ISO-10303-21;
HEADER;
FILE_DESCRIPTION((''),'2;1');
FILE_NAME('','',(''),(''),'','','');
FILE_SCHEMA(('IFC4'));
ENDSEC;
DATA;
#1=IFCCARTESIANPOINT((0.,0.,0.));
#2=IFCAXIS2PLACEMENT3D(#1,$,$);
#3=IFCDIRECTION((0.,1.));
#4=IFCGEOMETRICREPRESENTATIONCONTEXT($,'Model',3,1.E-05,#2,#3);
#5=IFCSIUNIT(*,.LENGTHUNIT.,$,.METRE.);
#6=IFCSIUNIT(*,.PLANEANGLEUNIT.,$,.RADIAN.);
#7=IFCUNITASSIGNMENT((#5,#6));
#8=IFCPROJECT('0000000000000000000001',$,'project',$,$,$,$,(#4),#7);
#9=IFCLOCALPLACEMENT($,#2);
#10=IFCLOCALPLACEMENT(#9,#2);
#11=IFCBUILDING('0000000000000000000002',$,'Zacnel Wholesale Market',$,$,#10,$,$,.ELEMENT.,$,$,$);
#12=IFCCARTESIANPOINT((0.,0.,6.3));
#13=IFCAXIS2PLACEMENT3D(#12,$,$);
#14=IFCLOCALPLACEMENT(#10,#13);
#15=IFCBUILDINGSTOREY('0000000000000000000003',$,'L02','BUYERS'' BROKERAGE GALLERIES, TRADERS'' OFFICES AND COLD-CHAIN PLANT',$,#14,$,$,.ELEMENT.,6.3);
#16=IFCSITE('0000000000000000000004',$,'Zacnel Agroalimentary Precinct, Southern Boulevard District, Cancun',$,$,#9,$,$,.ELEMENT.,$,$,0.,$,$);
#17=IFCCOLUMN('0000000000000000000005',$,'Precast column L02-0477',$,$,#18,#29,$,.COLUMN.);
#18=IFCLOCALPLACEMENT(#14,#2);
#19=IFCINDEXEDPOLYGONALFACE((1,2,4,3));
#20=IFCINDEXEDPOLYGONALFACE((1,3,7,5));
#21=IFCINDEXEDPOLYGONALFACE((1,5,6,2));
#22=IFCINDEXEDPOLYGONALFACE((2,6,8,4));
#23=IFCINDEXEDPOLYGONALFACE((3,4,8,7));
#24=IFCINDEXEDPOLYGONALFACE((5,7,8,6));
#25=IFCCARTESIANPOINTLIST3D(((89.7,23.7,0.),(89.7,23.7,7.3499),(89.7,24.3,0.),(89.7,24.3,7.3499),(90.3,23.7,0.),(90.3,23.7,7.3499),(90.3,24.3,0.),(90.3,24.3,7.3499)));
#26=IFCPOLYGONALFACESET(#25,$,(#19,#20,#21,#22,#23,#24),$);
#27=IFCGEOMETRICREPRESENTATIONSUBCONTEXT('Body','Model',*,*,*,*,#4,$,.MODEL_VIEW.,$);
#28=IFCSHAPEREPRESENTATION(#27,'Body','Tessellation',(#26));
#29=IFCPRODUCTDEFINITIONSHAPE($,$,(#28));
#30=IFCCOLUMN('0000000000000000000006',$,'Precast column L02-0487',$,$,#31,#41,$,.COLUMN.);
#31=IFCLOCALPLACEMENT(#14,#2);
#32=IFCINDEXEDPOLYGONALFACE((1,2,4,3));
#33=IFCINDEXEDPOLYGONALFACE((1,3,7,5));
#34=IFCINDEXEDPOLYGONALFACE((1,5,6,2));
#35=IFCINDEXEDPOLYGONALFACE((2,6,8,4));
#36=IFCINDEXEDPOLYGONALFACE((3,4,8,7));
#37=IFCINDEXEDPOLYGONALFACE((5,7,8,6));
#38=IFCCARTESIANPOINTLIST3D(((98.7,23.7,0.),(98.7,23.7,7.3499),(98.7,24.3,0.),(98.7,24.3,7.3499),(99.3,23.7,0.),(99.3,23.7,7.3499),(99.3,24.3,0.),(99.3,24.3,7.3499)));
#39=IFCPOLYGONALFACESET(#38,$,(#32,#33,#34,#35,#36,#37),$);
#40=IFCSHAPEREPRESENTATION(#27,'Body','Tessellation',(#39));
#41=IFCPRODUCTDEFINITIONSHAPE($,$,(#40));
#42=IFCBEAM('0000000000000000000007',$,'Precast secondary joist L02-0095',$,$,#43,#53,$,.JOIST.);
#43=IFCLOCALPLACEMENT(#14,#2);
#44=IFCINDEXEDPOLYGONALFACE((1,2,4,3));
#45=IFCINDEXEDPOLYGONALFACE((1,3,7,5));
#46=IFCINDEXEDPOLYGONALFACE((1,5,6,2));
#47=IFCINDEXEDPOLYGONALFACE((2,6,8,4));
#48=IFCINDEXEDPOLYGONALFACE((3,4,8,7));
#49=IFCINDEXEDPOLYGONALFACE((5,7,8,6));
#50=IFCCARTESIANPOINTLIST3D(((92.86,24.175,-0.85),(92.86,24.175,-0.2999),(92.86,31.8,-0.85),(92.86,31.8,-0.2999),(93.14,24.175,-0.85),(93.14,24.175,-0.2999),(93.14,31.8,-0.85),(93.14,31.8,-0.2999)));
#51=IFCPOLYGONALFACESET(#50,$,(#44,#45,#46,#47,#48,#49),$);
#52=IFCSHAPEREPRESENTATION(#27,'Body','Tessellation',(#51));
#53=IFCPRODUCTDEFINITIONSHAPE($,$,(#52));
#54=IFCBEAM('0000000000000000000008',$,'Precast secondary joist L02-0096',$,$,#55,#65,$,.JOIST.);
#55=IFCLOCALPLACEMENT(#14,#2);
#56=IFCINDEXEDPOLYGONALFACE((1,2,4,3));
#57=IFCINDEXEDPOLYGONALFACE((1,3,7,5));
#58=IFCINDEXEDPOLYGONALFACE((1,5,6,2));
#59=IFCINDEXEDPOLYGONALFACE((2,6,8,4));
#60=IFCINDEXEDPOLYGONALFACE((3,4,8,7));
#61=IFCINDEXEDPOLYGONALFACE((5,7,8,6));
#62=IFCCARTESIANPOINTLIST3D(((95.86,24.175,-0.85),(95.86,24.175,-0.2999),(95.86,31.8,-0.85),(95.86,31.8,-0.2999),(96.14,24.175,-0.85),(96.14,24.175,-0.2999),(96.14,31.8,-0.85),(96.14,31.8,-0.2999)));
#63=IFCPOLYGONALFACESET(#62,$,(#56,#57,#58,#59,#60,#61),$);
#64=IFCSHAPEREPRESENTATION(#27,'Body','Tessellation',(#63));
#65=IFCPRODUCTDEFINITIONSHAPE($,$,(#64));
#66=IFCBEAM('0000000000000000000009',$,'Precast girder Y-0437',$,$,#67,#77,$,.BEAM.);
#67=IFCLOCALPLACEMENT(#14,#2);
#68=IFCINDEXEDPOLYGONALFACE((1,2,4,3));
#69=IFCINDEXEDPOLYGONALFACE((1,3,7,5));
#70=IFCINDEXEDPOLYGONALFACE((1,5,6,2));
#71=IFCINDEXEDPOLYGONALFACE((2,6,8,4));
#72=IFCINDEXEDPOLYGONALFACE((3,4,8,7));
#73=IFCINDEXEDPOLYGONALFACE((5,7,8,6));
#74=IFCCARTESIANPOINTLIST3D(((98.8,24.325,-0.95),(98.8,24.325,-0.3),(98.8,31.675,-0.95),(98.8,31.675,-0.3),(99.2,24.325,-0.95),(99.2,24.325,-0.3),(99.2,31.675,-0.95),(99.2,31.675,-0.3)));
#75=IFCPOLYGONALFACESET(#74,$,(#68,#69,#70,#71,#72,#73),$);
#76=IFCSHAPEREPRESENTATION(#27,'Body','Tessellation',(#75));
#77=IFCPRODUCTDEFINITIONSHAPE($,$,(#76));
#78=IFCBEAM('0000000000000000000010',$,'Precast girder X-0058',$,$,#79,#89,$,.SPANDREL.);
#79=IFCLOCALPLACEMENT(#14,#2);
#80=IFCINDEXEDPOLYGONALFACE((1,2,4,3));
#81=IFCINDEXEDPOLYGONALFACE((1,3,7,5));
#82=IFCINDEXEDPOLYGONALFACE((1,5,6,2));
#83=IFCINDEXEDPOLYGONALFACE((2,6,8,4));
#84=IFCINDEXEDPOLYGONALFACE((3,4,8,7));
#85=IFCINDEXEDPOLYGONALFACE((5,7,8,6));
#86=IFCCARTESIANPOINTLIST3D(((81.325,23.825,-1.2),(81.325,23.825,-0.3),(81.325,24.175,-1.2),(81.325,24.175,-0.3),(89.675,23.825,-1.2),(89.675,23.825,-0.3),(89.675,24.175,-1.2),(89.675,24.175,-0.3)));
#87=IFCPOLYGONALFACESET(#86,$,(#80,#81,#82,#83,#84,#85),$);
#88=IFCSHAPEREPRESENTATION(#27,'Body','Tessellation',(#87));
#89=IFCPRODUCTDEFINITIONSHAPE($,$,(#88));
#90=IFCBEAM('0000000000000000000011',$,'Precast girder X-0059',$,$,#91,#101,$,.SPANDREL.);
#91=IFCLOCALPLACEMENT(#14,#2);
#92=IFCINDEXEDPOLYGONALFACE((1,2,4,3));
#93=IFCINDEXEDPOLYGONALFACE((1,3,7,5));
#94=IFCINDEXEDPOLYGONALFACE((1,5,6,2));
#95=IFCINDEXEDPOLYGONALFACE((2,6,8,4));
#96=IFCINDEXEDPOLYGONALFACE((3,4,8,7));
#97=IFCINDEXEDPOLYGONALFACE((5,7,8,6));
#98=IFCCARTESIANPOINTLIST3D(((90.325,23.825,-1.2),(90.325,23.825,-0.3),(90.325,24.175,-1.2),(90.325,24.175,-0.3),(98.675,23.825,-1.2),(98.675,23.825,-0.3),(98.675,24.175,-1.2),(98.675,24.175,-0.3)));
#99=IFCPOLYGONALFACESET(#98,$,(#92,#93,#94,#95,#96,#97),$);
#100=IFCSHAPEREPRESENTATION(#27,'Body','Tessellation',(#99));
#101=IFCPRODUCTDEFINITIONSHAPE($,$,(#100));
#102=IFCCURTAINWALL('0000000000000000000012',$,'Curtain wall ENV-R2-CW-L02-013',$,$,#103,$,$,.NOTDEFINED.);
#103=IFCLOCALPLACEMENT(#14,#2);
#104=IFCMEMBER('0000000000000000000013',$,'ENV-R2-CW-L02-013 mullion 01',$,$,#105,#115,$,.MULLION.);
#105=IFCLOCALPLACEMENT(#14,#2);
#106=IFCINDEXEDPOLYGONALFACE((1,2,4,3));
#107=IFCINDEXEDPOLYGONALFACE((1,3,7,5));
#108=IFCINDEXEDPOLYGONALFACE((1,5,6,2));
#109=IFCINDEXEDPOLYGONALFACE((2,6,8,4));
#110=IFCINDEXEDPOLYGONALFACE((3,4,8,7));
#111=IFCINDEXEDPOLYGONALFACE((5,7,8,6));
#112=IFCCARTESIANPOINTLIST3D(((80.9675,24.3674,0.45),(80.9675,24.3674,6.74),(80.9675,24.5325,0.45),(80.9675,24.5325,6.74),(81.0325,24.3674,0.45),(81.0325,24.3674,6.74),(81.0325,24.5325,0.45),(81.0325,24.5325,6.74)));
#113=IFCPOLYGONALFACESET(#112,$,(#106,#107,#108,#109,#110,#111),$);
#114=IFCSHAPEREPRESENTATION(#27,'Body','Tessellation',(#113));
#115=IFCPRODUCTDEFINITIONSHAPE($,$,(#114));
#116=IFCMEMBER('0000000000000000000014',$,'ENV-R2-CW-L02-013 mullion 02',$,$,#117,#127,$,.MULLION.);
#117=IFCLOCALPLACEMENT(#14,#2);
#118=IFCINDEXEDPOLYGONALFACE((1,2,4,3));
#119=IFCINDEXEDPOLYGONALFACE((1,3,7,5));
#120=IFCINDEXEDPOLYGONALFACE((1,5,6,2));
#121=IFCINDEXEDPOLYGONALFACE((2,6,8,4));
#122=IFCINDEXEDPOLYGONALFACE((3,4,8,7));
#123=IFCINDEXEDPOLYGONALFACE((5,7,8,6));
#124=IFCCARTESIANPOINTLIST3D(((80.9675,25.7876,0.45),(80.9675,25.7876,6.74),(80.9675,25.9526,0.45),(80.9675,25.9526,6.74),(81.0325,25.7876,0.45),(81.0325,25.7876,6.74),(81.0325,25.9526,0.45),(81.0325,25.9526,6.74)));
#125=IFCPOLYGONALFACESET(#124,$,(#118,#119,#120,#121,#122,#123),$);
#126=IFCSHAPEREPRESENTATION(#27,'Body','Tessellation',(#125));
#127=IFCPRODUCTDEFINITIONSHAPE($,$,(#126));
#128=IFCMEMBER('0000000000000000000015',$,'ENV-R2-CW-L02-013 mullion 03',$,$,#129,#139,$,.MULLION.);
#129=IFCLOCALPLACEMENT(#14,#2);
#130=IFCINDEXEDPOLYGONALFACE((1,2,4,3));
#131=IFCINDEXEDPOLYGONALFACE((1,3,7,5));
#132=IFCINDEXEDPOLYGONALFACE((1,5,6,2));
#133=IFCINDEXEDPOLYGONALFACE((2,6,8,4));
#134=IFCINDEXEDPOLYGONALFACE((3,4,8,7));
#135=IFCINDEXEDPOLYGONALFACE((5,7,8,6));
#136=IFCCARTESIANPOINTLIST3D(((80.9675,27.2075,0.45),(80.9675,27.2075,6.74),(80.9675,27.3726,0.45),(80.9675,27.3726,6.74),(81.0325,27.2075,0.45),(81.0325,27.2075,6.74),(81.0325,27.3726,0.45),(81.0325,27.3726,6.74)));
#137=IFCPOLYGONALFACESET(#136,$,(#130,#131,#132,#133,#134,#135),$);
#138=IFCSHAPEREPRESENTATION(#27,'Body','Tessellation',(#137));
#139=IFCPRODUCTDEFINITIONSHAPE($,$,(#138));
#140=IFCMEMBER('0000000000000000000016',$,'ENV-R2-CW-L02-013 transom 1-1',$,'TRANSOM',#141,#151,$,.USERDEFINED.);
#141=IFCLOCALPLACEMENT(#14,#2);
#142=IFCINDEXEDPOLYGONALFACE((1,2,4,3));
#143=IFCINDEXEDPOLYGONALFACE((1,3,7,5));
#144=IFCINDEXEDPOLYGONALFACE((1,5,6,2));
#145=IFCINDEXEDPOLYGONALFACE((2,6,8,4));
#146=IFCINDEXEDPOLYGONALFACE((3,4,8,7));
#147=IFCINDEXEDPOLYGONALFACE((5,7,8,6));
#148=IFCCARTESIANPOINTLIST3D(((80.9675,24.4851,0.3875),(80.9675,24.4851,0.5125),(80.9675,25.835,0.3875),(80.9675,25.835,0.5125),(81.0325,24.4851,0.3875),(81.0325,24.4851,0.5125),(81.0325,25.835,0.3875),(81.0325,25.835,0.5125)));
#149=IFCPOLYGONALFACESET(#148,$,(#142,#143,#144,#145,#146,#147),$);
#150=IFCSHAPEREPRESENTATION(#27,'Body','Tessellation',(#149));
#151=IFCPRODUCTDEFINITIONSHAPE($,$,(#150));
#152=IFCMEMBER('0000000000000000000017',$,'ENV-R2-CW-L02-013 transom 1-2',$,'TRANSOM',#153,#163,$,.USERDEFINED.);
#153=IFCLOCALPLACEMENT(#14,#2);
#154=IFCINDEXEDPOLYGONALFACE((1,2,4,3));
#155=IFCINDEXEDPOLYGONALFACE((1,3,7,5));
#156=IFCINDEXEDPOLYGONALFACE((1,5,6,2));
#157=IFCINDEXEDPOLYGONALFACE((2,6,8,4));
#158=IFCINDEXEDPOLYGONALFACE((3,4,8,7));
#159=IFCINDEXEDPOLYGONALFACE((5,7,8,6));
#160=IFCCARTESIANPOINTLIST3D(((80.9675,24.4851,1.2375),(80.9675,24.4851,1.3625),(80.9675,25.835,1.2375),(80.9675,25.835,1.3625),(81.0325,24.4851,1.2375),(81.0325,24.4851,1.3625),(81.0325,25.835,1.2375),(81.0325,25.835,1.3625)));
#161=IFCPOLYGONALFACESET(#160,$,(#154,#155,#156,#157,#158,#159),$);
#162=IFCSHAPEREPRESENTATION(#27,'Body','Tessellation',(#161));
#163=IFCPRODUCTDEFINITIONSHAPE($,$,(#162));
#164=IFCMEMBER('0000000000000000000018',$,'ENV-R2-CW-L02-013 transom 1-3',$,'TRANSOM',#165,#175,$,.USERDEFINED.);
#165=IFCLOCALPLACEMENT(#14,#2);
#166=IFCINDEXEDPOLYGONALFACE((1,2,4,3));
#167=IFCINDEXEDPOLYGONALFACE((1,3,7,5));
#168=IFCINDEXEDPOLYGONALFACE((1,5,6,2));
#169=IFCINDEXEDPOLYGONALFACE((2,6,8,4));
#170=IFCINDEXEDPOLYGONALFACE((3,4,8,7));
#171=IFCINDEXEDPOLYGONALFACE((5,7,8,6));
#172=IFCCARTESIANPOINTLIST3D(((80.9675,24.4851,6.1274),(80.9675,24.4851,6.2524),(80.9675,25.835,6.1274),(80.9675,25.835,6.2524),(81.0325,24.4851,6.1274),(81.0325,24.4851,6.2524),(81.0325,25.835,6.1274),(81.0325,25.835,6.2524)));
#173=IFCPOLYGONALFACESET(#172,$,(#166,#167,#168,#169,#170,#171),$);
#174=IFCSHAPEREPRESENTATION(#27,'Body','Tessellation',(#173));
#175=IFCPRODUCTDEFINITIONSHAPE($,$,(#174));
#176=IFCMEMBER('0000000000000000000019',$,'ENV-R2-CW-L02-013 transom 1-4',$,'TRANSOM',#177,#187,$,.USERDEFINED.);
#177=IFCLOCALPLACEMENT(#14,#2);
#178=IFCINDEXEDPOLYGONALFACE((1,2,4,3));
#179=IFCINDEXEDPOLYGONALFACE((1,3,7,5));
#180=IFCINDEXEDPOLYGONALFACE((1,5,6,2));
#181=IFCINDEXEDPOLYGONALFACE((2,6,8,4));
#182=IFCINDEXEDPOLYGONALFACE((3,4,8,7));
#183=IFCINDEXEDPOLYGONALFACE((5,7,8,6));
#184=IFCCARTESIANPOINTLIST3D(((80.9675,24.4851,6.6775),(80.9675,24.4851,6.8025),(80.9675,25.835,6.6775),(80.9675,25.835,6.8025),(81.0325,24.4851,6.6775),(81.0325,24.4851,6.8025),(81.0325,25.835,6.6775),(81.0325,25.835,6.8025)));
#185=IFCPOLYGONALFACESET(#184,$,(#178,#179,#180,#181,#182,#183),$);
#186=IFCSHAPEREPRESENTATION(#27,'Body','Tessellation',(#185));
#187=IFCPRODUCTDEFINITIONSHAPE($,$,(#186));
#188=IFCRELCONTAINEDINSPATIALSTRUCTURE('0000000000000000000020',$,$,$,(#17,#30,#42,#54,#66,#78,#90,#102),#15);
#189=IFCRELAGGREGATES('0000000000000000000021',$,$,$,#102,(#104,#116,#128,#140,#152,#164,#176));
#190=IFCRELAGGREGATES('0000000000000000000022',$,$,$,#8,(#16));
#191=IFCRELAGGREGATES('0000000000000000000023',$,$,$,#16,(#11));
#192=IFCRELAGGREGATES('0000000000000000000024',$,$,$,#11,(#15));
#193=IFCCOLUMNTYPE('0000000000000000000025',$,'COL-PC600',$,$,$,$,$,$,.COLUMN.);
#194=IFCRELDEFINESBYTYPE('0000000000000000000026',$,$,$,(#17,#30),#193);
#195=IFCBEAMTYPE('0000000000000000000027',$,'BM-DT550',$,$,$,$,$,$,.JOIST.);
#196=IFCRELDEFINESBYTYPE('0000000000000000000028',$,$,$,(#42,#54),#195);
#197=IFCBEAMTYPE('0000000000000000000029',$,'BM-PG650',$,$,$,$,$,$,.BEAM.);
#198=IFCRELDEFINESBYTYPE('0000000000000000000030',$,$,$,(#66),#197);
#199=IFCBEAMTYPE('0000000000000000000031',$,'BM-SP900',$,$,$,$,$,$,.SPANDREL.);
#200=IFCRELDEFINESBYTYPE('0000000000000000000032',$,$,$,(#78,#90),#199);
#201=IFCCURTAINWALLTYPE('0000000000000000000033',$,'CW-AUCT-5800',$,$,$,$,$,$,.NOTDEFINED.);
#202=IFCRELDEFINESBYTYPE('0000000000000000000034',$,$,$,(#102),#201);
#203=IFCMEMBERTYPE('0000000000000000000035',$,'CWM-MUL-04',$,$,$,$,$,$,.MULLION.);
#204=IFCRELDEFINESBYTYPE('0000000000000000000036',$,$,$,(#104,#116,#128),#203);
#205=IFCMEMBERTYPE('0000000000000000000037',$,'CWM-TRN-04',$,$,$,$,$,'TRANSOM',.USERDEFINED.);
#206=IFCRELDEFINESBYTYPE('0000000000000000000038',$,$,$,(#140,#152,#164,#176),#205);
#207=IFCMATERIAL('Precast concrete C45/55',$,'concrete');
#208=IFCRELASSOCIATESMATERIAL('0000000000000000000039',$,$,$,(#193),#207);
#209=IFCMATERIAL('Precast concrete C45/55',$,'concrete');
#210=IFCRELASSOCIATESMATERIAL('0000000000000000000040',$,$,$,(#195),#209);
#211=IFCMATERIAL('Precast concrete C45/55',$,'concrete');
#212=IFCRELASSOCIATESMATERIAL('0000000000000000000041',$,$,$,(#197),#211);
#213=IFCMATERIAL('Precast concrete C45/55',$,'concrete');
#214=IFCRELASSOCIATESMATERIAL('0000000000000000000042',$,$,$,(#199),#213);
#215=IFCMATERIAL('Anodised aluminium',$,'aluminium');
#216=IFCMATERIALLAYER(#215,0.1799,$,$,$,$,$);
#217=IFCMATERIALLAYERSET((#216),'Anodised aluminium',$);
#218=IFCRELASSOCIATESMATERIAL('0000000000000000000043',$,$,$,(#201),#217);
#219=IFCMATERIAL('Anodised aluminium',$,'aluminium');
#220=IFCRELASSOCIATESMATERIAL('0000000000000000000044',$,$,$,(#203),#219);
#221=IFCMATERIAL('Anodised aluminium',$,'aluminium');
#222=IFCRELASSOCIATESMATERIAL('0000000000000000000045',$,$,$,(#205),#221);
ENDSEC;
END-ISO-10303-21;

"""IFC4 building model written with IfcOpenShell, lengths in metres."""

from ifc_helpers import new_model, si_unit, direction, frame, origin, origin_2d, place, context, subcontext, project, spatial, rectangle, extrude, material, layer, layer_set, material_profile, profile_set, type_object, element, aggregate, save


model = new_model("IFC4")

# Units and contexts
model_context = context("Model", 3, precision=1e-05, world=origin(), true_north=direction((0.0, 1.0)))
body_context = subcontext(model_context, "Body", "Model", "MODEL_VIEW")
ifc_project = project(units=[si_unit("LENGTHUNIT", "METRE"), si_unit("PLANEANGLEUNIT", "RADIAN")], contexts=[model_context])

# Site, building, storey
site_placement = place(None, origin())
site = spatial("IfcSite", under=ifc_project, at=site_placement, Name="Zacnel Agroalimentary Precinct, Southern Boulevard District, Cancun", CompositionType="ELEMENT", RefElevation=0.0)
building_placement = place(site_placement, origin())
building = spatial("IfcBuilding", under=site, at=building_placement, Name="Zacnel Wholesale Market", CompositionType="ELEMENT")
storey_placement = place(building_placement, frame((0.0, 0.0, 6.3)))
storey = spatial("IfcBuildingStorey", under=building, at=storey_placement, Name="L02", Description="BUYERS' BROKERAGE GALLERIES, TRADERS' OFFICES AND COLD-CHAIN PLANT", CompositionType="ELEMENT", Elevation=6.3)

# Columns
ifc_material_1 = material(Name="Precast concrete C45/55", Category="concrete")
ifc_material_profile_1 = material_profile(ifc_material_1, rectangle(XDim=0.6001, YDim=0.6001, at=origin_2d()), Name="PC 600x600")
ifc_profile_set_1 = profile_set([ifc_material_profile_1], Name="Precast concrete C45/55")
column_type = type_object("IfcColumnType", Name="COL-PC600", PredefinedType="COLUMN", material=ifc_profile_set_1)
for number, where, z_axis, x_axis, name in (
    (1, (90.0, 24.0, 0.0), (0.0, 0.0, 1.0), (1.0, 0.0, 0.0), "Precast column L02-0477"),
    (2, (99.0, 24.0, 0.0), (0.0, 0.0, 1.0), (1.0, 0.0, 0.0), "Precast column L02-0487"),
):
    element("IfcColumn", number, at=place(storey_placement, frame(where, z_axis=z_axis, x_axis=x_axis)), inside=storey, type_object=column_type, Name=name, PredefinedType="COLUMN", context=body_context, shape_type="SweptSolid", body=[
        extrude(rectangle(XDim=0.6001, YDim=0.6001, at=origin_2d()), origin(), (0.0, 0.0, 1.0), 7.3499),
    ])

# Beams
ifc_material_2 = material(Name="Precast concrete C45/55", Category="concrete")
ifc_material_profile_2 = material_profile(ifc_material_2, rectangle(XDim=0.28, YDim=0.55, at=origin_2d()), Name="DT RIB 280x550")
ifc_profile_set_2 = profile_set([ifc_material_profile_2], Name="Precast concrete C45/55")
beam_type_1 = type_object("IfcBeamType", Name="BM-DT550", PredefinedType="JOIST", material=ifc_profile_set_2)
for number, where, z_axis, x_axis, name in (
    (3, (93.0, 24.175, -0.575), (0.0, 1.0, 0.0), (-1.0, 0.0, 0.0), "Precast secondary joist L02-0095"),
    (4, (96.0, 24.175, -0.575), (0.0, 1.0, 0.0), (-1.0, 0.0, 0.0), "Precast secondary joist L02-0096"),
):
    element("IfcBeam", number, at=place(storey_placement, frame(where, z_axis=z_axis, x_axis=x_axis)), inside=storey, type_object=beam_type_1, Name=name, PredefinedType="JOIST", context=body_context, shape_type="SweptSolid", body=[
        extrude(rectangle(XDim=0.28, YDim=0.55, at=origin_2d()), origin(), (0.0, 0.0, 1.0), 7.625),
    ])
ifc_material_3 = material(Name="Precast concrete C45/55", Category="concrete")
ifc_material_profile_3 = material_profile(ifc_material_3, rectangle(XDim=0.3999, YDim=0.6499, at=origin_2d()), Name="PG 400x650")
ifc_profile_set_3 = profile_set([ifc_material_profile_3], Name="Precast concrete C45/55")
beam_type_2 = type_object("IfcBeamType", Name="BM-PG650", PredefinedType="BEAM", material=ifc_profile_set_3)
beam_placement = place(storey_placement, frame((99.0, 24.325, -0.625), z_axis=(0.0, 1.0, 0.0), x_axis=(-1.0, 0.0, 0.0)))
element("IfcBeam", 5, at=beam_placement, inside=storey, type_object=beam_type_2, Name="Precast girder Y-0437", PredefinedType="BEAM", context=body_context, shape_type="SweptSolid", body=[
    extrude(rectangle(XDim=0.3999, YDim=0.6499, at=origin_2d()), origin(), (0.0, 0.0, 1.0), 7.3501),
])
ifc_material_4 = material(Name="Precast concrete C45/55", Category="concrete")
ifc_material_profile_4 = material_profile(ifc_material_4, rectangle(XDim=0.3501, YDim=0.8999, at=origin_2d()), Name="SP 350x900")
ifc_profile_set_4 = profile_set([ifc_material_profile_4], Name="Precast concrete C45/55")
beam_type_3 = type_object("IfcBeamType", Name="BM-SP900", PredefinedType="SPANDREL", material=ifc_profile_set_4)
for number, where, z_axis, x_axis, name in (
    (6, (81.325, 24.0, -0.75), (1.0, 0.0, 0.0), (0.0, 1.0, 0.0), "Precast girder X-0058"),
    (7, (90.325, 24.0, -0.75), (1.0, 0.0, 0.0), (0.0, 1.0, 0.0), "Precast girder X-0059"),
):
    element("IfcBeam", number, at=place(storey_placement, frame(where, z_axis=z_axis, x_axis=x_axis)), inside=storey, type_object=beam_type_3, Name=name, PredefinedType="SPANDREL", context=body_context, shape_type="SweptSolid", body=[
        extrude(rectangle(XDim=0.3501, YDim=0.8999, at=origin_2d()), origin(), (0.0, 0.0, 1.0), 8.3501),
    ])

# Curtain wall, members
ifc_material_5 = material(Name="Anodised aluminium", Category="aluminium")
ifc_layer_1 = layer(ifc_material_5, 0.1799)
ifc_layer_set_1 = layer_set([ifc_layer_1], Name="Anodised aluminium")
curtain_wall_type = type_object("IfcCurtainWallType", Name="CW-AUCT-5800", PredefinedType="NOTDEFINED", material=ifc_layer_set_1)
curtain_wall_placement = place(storey_placement, origin())
curtain_wall = element("IfcCurtainWall", 8, at=curtain_wall_placement, inside=storey, type_object=curtain_wall_type, Name="Curtain wall ENV-R2-CW-L02-013", PredefinedType="NOTDEFINED")
ifc_material_6 = material(Name="Anodised aluminium", Category="aluminium")
ifc_material_profile_5 = material_profile(ifc_material_6, rectangle(XDim=0.0649, YDim=0.165, at=origin_2d()), Name="AW-MULLION 65x165")
ifc_profile_set_5 = profile_set([ifc_material_profile_5], Name="Anodised aluminium")
member_type_1 = type_object("IfcMemberType", Name="CWM-MUL-04", PredefinedType="MULLION", material=ifc_profile_set_5)
member_1_placement = place(storey_placement, frame((81.0, 24.45, 0.45), z_axis=(0.0, 0.0, 1.0), x_axis=(1.0, 0.0, 0.0)))
member_1 = element("IfcMember", 9, at=member_1_placement, type_object=member_type_1, Name="ENV-R2-CW-L02-013 mullion 01", PredefinedType="MULLION", context=body_context, shape_type="SweptSolid", body=[
    extrude(rectangle(XDim=0.0649, YDim=0.165, at=origin_2d()), origin(), (0.0, 0.0, 1.0), 6.29),
])
member_2_placement = place(storey_placement, frame((81.0, 25.8701, 0.45), z_axis=(0.0, 0.0, 1.0), x_axis=(1.0, 0.0, 0.0)))
member_2 = element("IfcMember", 10, at=member_2_placement, type_object=member_type_1, Name="ENV-R2-CW-L02-013 mullion 02", PredefinedType="MULLION", context=body_context, shape_type="SweptSolid", body=[
    extrude(rectangle(XDim=0.0649, YDim=0.165, at=origin_2d()), origin(), (0.0, 0.0, 1.0), 6.29),
])
member_3_placement = place(storey_placement, frame((81.0, 27.29, 0.45), z_axis=(0.0, 0.0, 1.0), x_axis=(1.0, 0.0, 0.0)))
member_3 = element("IfcMember", 11, at=member_3_placement, type_object=member_type_1, Name="ENV-R2-CW-L02-013 mullion 03", PredefinedType="MULLION", context=body_context, shape_type="SweptSolid", body=[
    extrude(rectangle(XDim=0.0649, YDim=0.165, at=origin_2d()), origin(), (0.0, 0.0, 1.0), 6.29),
])
ifc_material_7 = material(Name="Anodised aluminium", Category="aluminium")
ifc_material_profile_6 = material_profile(ifc_material_7, rectangle(XDim=0.0649, YDim=0.125, at=origin_2d()), Name="AW-TRANSOM 65x125")
ifc_profile_set_6 = profile_set([ifc_material_profile_6], Name="Anodised aluminium")
member_type_2 = type_object("IfcMemberType", Name="CWM-TRN-04", ElementType="TRANSOM", PredefinedType="USERDEFINED", material=ifc_profile_set_6)
member_4_placement = place(storey_placement, frame((81.0, 24.4851, 0.45), z_axis=(0.0, 1.0, 0.0), x_axis=(-1.0, 0.0, 0.0)))
member_4 = element("IfcMember", 12, at=member_4_placement, type_object=member_type_2, Name="ENV-R2-CW-L02-013 transom 1-1", ObjectType="TRANSOM", PredefinedType="USERDEFINED", context=body_context, shape_type="SweptSolid", body=[
    extrude(rectangle(XDim=0.0649, YDim=0.125, at=origin_2d()), origin(), (0.0, 0.0, 1.0), 1.3499),
])
member_5_placement = place(storey_placement, frame((81.0, 24.4851, 1.3), z_axis=(0.0, 1.0, 0.0), x_axis=(-1.0, 0.0, 0.0)))
member_5 = element("IfcMember", 13, at=member_5_placement, type_object=member_type_2, Name="ENV-R2-CW-L02-013 transom 1-2", ObjectType="TRANSOM", PredefinedType="USERDEFINED", context=body_context, shape_type="SweptSolid", body=[
    extrude(rectangle(XDim=0.0649, YDim=0.125, at=origin_2d()), origin(), (0.0, 0.0, 1.0), 1.3499),
])
member_6_placement = place(storey_placement, frame((81.0, 24.4851, 6.1899), z_axis=(0.0, 1.0, 0.0), x_axis=(-1.0, 0.0, 0.0)))
member_6 = element("IfcMember", 14, at=member_6_placement, type_object=member_type_2, Name="ENV-R2-CW-L02-013 transom 1-3", ObjectType="TRANSOM", PredefinedType="USERDEFINED", context=body_context, shape_type="SweptSolid", body=[
    extrude(rectangle(XDim=0.0649, YDim=0.125, at=origin_2d()), origin(), (0.0, 0.0, 1.0), 1.3499),
])
member_7_placement = place(storey_placement, frame((81.0, 24.4851, 6.74), z_axis=(0.0, 1.0, 0.0), x_axis=(-1.0, 0.0, 0.0)))
member_7 = element("IfcMember", 15, at=member_7_placement, type_object=member_type_2, Name="ENV-R2-CW-L02-013 transom 1-4", ObjectType="TRANSOM", PredefinedType="USERDEFINED", context=body_context, shape_type="SweptSolid", body=[
    extrude(rectangle(XDim=0.0649, YDim=0.125, at=origin_2d()), origin(), (0.0, 0.0, 1.0), 1.3499),
])
aggregate(curtain_wall, [member_1, member_2, member_3, member_4, member_5, member_6, member_7])

save(model, "model.ifc")
